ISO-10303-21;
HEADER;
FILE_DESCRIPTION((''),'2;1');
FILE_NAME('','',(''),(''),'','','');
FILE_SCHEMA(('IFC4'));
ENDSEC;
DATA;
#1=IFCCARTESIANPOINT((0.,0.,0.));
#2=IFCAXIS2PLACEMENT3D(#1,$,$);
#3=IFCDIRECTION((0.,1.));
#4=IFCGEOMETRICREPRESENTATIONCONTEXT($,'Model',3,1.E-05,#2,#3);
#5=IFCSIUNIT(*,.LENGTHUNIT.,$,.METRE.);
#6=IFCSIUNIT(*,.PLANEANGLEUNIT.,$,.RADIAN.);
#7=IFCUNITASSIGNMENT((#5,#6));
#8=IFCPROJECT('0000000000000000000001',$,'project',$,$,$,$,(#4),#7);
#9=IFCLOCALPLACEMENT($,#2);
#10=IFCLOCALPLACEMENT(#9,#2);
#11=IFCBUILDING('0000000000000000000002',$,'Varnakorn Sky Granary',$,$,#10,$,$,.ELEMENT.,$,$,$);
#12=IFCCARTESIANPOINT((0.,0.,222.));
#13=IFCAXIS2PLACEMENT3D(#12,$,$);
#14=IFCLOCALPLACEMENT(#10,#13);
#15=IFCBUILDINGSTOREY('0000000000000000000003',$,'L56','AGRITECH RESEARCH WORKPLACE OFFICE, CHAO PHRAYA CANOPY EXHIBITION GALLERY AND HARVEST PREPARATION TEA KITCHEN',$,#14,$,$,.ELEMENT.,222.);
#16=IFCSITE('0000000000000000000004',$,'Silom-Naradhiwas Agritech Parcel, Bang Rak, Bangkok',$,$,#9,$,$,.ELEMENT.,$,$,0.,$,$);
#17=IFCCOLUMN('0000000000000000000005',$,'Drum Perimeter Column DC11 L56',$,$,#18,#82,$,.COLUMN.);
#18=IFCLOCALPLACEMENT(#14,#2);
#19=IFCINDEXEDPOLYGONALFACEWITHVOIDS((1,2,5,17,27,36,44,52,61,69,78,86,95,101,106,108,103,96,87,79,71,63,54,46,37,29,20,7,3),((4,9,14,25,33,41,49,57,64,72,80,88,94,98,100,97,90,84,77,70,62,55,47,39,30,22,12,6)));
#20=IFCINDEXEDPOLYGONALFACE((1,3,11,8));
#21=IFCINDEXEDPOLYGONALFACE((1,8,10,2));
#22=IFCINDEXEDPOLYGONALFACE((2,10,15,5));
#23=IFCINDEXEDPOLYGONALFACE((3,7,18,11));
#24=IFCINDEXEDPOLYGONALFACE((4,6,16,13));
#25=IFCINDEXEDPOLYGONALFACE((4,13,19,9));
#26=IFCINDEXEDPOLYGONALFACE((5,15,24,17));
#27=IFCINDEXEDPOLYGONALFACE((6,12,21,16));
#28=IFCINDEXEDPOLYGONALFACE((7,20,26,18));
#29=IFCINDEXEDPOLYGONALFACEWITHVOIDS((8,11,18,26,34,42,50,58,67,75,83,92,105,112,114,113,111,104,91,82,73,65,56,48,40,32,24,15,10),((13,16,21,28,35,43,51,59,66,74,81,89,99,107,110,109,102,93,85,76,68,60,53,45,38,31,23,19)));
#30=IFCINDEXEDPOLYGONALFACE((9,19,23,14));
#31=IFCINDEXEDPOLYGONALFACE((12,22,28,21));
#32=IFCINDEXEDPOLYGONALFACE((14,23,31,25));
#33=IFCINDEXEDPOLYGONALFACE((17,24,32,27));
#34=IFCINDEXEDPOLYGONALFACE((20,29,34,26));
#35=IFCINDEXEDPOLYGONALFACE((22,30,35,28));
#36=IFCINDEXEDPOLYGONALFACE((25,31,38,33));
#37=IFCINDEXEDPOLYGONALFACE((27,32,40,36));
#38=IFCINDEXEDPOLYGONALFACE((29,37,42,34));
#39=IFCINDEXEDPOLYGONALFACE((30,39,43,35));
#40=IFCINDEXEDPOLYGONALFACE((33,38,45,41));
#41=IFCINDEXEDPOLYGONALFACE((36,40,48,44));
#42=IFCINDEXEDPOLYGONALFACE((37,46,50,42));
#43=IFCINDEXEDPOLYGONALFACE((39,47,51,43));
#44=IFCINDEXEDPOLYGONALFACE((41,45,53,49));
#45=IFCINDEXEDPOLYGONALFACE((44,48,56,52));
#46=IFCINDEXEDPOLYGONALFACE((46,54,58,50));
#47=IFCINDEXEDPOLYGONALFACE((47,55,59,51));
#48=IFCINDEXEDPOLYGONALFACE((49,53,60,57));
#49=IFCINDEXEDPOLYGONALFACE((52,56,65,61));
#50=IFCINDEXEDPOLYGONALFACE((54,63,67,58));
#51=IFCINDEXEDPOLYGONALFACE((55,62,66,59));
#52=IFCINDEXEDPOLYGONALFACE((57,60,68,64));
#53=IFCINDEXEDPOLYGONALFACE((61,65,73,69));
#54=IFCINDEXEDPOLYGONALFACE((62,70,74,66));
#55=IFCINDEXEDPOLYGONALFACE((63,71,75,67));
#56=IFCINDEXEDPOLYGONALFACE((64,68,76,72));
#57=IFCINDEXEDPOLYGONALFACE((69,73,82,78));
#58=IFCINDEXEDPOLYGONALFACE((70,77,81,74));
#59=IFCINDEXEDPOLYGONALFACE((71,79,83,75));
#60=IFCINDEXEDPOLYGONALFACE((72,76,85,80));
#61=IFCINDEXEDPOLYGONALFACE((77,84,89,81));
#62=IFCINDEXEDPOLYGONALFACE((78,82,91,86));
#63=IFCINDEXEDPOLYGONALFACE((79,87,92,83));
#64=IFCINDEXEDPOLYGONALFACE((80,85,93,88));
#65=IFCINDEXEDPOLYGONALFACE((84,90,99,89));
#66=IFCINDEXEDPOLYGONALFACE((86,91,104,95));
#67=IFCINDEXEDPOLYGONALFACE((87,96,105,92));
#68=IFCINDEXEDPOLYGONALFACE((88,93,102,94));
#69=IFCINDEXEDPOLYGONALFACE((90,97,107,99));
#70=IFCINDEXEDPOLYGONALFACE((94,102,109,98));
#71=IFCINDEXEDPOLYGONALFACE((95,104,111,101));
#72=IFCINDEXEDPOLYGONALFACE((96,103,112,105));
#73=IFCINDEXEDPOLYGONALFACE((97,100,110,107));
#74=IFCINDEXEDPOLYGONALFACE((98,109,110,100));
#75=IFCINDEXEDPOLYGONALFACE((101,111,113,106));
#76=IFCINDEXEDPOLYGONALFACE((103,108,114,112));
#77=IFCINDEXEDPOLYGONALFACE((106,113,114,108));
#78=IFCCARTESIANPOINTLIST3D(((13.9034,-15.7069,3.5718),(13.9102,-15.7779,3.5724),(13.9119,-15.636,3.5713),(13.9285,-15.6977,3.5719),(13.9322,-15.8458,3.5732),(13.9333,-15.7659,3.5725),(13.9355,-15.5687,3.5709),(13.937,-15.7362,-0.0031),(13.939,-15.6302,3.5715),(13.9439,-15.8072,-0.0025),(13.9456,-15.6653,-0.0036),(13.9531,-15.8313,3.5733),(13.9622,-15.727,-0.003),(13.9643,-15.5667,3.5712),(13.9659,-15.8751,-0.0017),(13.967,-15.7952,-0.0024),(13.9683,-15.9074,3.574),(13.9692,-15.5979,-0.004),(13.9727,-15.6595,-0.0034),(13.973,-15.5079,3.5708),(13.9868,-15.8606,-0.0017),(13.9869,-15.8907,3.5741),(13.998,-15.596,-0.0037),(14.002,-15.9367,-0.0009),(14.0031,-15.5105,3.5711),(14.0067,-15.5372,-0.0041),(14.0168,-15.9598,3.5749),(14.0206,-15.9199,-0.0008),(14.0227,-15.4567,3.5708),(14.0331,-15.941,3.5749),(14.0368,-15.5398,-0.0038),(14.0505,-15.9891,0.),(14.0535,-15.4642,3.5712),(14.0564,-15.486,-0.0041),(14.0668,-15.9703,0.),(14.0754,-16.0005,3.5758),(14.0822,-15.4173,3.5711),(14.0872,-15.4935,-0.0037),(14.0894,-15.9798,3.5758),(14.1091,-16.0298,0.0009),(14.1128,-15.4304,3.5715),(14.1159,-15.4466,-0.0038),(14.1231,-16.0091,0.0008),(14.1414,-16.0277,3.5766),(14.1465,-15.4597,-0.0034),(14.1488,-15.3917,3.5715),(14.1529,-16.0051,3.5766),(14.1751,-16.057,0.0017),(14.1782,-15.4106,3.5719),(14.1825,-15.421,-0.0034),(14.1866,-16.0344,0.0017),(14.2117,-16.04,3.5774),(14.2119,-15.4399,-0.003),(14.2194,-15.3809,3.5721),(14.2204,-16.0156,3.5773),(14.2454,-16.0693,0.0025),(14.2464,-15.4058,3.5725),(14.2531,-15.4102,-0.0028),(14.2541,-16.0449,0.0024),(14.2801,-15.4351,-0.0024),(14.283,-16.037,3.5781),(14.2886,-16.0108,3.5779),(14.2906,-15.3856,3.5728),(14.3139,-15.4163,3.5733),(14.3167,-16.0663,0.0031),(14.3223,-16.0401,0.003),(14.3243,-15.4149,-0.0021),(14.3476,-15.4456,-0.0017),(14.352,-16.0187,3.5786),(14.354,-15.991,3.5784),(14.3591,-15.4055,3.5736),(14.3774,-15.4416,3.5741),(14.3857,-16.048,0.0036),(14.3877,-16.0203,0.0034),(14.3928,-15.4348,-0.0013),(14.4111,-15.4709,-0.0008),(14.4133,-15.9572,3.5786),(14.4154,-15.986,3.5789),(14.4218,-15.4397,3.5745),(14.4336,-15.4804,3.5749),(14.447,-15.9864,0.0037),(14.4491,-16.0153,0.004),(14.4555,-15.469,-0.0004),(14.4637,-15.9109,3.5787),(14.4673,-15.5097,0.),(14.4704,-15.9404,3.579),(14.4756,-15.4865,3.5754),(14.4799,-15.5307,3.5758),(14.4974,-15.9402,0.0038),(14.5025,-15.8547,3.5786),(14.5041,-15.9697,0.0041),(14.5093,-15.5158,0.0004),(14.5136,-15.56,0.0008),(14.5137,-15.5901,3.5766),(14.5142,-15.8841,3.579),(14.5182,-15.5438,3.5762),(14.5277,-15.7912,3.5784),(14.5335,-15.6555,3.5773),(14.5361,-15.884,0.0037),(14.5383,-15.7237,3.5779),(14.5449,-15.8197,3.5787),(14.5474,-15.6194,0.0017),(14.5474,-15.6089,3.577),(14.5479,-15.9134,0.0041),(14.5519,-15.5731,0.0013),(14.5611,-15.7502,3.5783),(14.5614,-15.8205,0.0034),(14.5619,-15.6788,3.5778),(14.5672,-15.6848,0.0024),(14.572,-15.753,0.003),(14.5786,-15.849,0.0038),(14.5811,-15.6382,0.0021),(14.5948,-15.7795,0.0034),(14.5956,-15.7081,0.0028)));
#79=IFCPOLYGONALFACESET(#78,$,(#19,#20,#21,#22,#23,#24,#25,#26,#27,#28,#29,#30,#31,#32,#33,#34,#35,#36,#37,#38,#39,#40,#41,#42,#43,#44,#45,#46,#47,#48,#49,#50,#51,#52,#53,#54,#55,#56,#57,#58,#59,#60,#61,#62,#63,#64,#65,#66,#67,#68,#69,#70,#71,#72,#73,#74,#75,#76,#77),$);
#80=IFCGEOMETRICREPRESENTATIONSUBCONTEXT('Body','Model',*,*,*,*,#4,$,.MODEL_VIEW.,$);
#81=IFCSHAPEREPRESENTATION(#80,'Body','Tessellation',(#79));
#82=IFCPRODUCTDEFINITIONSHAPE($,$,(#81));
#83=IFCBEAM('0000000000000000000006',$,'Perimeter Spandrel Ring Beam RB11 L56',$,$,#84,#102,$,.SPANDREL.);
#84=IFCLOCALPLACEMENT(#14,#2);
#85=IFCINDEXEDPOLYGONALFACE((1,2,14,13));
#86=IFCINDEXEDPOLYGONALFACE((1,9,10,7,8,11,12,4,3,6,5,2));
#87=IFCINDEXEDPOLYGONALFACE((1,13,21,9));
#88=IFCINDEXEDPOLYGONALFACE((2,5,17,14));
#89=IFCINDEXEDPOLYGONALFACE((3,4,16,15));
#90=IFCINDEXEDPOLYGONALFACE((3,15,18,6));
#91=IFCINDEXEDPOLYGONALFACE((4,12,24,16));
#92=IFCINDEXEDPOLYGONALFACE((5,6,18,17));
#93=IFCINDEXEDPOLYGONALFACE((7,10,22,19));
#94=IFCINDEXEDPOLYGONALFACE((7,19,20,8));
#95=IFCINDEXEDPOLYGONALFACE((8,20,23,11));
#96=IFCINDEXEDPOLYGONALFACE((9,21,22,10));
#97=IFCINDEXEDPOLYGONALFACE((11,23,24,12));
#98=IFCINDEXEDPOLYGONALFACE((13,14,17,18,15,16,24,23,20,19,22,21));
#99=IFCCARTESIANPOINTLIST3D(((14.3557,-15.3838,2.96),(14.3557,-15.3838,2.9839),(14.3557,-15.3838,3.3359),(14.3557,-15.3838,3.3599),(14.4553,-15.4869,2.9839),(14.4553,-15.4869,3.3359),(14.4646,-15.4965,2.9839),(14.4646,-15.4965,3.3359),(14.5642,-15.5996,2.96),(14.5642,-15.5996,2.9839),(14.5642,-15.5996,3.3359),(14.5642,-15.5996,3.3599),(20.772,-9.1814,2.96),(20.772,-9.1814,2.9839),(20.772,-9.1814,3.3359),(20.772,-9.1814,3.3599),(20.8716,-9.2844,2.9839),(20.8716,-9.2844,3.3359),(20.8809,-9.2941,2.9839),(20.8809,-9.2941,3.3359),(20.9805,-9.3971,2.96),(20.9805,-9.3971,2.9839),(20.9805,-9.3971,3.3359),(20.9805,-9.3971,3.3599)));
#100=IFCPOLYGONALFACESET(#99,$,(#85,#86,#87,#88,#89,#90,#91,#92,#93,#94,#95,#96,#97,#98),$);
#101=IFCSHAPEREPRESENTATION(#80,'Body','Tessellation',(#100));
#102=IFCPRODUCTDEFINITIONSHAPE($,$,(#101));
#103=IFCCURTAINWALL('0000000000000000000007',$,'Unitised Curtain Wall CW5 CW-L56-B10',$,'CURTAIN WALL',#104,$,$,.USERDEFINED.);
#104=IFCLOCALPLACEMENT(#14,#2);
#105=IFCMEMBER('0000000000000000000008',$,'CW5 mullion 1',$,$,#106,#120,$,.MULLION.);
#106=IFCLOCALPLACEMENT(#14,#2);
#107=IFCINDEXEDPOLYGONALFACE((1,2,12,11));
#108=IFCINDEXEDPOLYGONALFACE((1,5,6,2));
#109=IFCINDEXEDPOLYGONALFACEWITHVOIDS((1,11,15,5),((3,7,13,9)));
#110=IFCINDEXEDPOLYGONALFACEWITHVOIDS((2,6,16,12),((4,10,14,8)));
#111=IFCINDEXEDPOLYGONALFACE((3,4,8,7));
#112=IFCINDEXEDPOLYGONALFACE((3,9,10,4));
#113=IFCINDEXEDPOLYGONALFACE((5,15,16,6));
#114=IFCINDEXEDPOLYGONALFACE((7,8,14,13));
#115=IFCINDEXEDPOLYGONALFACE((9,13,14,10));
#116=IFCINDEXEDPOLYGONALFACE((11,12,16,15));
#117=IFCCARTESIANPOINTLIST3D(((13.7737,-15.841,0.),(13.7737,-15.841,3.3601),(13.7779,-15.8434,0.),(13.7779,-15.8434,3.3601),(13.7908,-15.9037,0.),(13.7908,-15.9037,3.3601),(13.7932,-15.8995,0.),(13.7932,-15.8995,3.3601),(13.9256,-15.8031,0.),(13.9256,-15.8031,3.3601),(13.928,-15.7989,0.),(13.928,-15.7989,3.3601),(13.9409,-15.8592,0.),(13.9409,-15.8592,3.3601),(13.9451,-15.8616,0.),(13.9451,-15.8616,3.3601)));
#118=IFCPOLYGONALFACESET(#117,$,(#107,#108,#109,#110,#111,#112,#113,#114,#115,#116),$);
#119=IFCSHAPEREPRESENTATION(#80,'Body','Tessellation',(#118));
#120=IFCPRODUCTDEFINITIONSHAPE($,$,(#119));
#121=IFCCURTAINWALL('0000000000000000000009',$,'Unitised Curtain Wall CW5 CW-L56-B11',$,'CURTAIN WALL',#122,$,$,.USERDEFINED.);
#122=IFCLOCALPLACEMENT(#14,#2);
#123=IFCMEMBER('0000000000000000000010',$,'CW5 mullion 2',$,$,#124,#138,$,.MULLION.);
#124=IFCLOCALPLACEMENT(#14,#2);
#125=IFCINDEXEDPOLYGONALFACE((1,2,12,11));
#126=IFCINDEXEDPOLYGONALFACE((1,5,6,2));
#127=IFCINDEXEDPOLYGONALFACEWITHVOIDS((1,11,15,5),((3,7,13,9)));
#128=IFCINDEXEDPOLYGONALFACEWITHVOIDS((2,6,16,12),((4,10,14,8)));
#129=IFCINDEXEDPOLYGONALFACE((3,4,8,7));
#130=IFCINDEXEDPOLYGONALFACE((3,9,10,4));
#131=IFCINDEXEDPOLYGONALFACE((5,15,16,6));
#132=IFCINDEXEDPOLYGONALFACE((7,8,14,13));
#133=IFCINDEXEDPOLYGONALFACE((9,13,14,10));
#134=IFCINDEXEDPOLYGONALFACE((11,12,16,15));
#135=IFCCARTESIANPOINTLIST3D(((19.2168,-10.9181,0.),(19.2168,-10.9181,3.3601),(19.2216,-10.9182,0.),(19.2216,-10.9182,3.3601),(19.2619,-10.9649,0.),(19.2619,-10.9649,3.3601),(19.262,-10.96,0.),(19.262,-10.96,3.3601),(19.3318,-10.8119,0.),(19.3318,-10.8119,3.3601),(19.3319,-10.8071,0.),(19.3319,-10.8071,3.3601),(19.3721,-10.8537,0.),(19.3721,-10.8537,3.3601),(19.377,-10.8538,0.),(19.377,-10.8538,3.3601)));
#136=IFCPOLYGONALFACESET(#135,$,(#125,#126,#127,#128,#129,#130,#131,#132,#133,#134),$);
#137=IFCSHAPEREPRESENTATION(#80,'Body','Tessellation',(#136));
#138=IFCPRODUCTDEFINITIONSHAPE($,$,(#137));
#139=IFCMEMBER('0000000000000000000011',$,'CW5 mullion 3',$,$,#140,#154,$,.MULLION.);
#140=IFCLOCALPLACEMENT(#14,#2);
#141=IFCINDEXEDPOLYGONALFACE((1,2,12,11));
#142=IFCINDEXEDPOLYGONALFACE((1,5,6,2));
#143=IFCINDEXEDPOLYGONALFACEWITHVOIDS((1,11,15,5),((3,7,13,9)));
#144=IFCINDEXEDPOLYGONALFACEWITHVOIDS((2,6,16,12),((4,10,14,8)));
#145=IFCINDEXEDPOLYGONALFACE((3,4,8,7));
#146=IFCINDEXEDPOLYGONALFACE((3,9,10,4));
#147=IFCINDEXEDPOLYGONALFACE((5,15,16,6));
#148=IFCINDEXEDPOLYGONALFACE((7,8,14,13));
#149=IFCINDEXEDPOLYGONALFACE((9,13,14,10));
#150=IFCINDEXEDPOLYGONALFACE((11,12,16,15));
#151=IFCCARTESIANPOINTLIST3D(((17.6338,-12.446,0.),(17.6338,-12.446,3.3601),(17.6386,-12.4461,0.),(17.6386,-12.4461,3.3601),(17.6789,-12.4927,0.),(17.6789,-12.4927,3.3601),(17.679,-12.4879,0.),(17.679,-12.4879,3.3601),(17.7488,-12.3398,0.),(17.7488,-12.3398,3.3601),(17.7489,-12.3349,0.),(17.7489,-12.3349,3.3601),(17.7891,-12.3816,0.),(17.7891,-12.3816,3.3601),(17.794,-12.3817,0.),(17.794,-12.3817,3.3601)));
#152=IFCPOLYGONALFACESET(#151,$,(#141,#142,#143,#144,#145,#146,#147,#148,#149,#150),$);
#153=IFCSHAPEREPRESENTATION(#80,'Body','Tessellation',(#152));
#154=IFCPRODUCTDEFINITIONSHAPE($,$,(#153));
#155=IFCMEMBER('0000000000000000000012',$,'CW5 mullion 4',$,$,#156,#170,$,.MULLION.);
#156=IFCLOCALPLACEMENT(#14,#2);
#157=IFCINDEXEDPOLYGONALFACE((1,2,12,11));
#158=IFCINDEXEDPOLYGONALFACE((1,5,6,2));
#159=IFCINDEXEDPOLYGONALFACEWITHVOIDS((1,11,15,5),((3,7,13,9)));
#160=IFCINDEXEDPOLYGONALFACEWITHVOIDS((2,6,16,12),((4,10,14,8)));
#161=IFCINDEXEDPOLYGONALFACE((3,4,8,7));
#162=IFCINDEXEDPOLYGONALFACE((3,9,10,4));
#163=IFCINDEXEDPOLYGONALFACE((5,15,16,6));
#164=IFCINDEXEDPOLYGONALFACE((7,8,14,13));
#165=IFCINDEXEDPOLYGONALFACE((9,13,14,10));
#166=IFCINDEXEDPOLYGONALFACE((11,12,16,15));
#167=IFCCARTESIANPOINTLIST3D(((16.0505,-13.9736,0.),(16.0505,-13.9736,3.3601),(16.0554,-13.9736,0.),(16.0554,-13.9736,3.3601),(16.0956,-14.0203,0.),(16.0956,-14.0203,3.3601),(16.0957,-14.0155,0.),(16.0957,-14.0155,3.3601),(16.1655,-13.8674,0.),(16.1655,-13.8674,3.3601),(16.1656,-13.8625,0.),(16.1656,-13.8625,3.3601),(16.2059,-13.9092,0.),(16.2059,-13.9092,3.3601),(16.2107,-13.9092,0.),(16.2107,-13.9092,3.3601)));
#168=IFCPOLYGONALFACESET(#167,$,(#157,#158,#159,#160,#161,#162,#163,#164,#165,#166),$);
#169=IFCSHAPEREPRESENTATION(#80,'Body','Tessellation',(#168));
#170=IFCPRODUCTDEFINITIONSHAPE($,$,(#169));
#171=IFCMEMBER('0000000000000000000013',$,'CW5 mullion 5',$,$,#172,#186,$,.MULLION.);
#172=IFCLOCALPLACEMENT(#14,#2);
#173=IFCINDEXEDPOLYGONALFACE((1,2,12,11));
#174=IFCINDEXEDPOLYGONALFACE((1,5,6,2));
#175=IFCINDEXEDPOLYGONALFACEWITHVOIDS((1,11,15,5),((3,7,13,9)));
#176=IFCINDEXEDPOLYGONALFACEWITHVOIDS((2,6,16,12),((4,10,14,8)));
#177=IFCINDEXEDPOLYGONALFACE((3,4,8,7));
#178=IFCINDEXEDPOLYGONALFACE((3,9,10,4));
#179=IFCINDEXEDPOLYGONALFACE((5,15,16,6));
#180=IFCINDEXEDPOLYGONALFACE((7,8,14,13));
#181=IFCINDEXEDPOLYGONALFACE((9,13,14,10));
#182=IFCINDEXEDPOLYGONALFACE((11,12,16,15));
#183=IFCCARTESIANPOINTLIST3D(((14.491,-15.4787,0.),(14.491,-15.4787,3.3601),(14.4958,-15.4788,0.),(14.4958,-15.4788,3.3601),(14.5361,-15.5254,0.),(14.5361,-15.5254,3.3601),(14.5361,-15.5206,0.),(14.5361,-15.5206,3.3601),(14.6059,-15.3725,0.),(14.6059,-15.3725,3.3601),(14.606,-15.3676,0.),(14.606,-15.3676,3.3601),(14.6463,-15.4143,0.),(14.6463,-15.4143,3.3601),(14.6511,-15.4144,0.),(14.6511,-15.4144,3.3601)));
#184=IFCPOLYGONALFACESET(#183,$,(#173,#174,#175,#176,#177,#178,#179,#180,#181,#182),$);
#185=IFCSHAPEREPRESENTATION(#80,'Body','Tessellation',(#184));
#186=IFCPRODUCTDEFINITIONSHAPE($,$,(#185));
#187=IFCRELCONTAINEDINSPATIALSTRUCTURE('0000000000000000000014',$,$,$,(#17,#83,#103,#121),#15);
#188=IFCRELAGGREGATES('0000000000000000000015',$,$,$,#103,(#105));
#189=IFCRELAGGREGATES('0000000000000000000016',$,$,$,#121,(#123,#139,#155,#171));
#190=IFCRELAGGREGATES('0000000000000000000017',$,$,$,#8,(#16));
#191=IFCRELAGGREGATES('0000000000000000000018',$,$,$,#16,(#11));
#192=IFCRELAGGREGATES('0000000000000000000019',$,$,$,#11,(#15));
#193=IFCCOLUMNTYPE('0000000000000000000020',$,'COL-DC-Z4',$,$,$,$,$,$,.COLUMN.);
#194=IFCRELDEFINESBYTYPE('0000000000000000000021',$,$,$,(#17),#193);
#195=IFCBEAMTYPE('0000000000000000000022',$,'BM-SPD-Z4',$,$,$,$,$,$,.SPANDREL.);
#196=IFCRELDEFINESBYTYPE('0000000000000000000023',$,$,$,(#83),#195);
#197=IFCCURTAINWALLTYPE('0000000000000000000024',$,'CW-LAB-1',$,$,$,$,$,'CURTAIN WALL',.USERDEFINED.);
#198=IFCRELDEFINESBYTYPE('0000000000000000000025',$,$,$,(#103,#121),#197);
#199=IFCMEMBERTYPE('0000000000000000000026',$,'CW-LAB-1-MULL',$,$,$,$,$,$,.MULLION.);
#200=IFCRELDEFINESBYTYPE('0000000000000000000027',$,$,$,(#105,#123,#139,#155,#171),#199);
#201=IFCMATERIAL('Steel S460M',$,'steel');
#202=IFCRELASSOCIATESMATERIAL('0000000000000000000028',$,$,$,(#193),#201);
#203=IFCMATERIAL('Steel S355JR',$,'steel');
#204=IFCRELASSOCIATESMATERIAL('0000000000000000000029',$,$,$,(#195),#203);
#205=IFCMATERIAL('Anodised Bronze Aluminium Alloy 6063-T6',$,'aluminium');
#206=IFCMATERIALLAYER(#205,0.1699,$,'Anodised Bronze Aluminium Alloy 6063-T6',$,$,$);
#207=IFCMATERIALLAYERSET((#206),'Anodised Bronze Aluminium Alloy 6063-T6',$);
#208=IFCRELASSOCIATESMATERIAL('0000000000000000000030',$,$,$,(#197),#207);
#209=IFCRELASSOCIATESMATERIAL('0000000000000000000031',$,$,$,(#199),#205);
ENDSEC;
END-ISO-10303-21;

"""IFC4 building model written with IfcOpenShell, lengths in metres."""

from ifc_helpers import new_model, si_unit, direction, frame, origin, origin_2d, place, context, subcontext, project, spatial, hollow_rectangle, hollow_circle, i_section, extrude, material, layer, layer_set, material_profile, profile_set, type_object, element, aggregate, save


model = new_model("IFC4")

# Units and contexts
model_context = context("Model", 3, precision=1e-05, world=origin(), true_north=direction((0.0, 1.0)))
body_context = subcontext(model_context, "Body", "Model", "MODEL_VIEW")
ifc_project = project(units=[si_unit("LENGTHUNIT", "METRE"), si_unit("PLANEANGLEUNIT", "RADIAN")], contexts=[model_context])

# Site, building, storey
site_placement = place(None, origin())
site = spatial("IfcSite", under=ifc_project, at=site_placement, Name="Silom-Naradhiwas Agritech Parcel, Bang Rak, Bangkok", CompositionType="ELEMENT", RefElevation=0.0)
building_placement = place(site_placement, origin())
building = spatial("IfcBuilding", under=site, at=building_placement, Name="Varnakorn Sky Granary", CompositionType="ELEMENT")
storey_placement = place(building_placement, frame((0.0, 0.0, 222.0)))
storey = spatial("IfcBuildingStorey", under=building, at=storey_placement, Name="L56", Description="AGRITECH RESEARCH WORKPLACE OFFICE, CHAO PHRAYA CANOPY EXHIBITION GALLERY AND HARVEST PREPARATION TEA KITCHEN", CompositionType="ELEMENT", Elevation=222.0)

# Column
ifc_material_1 = material(Name="Steel S460M", Category="steel")
ifc_material_profile_1 = material_profile(ifc_material_1, hollow_circle(Radius=0.3301, WallThickness=0.0249, at=origin_2d()), Name="CHS 660x25")
ifc_profile_set_1 = profile_set([ifc_material_profile_1], Name="Steel S460M")
column_type = type_object("IfcColumnType", Name="COL-DC-Z4", PredefinedType="COLUMN", material=ifc_profile_set_1)
column_placement = place(storey_placement, frame((14.2671, -15.74, 0.0), z_axis=(-0.009424, 0.008194, 0.999922), x_axis=(-0.656179, -0.754606, 0.0)))
element("IfcColumn", 1, at=column_placement, inside=storey, type_object=column_type, Name="Drum Perimeter Column DC11 L56", PredefinedType="COLUMN", context=body_context, shape_type="SweptSolid", body=[
    extrude(hollow_circle(Radius=0.3301, WallThickness=0.0249, at=origin_2d()), origin(), (0.0, 0.0, 1.0), 3.5752),
])

# Beam
ifc_material_2 = material(Name="Steel S355JR", Category="steel")
ifc_material_profile_2 = material_profile(ifc_material_2, i_section(OverallWidth=0.3, OverallDepth=0.3999, WebThickness=0.0134, FlangeThickness=0.0239, at=origin_2d()), Name="HE 400 B")
ifc_profile_set_2 = profile_set([ifc_material_profile_2], Name="Steel S355JR")
beam_type = type_object("IfcBeamType", Name="BM-SPD-Z4", PredefinedType="SPANDREL", material=ifc_profile_set_2)
beam_placement = place(storey_placement, frame((14.46, -15.4917, 3.1599), z_axis=(0.718988, 0.695023, 0.0), x_axis=(-0.695023, 0.718988, 0.0)))
element("IfcBeam", 2, at=beam_placement, inside=storey, type_object=beam_type, Name="Perimeter Spandrel Ring Beam RB11 L56", PredefinedType="SPANDREL", context=body_context, shape_type="SweptSolid", body=[
    extrude(i_section(OverallWidth=0.3, OverallDepth=0.3999, WebThickness=0.0134, FlangeThickness=0.0239, at=origin_2d()), origin(), (0.0, 0.0, 1.0), 8.9241),
])

# Curtain wall, member
ifc_material_3 = material(Name="Anodised Bronze Aluminium Alloy 6063-T6", Category="aluminium")
ifc_layer_1 = layer(ifc_material_3, 0.1699, Name="Anodised Bronze Aluminium Alloy 6063-T6")
ifc_layer_set_1 = layer_set([ifc_layer_1], Name="Anodised Bronze Aluminium Alloy 6063-T6")
curtain_wall_type = type_object("IfcCurtainWallType", Name="CW-LAB-1", ElementType="CURTAIN WALL", PredefinedType="USERDEFINED", material=ifc_layer_set_1)
curtain_wall_1_placement = place(storey_placement, origin())
curtain_wall_1 = element("IfcCurtainWall", 3, at=curtain_wall_1_placement, inside=storey, type_object=curtain_wall_type, Name="Unitised Curtain Wall CW5 CW-L56-B10", ObjectType="CURTAIN WALL", PredefinedType="USERDEFINED")
ifc_material_profile_3 = material_profile(ifc_material_3, hollow_rectangle(XDim=0.0649, YDim=0.1599, WallThickness=0.0034, at=origin_2d()), Name="ALU MULL 65x160")
ifc_profile_set_3 = profile_set([ifc_material_profile_3], Name="Anodised Bronze Aluminium Alloy 6063-T6")
member_type_1 = type_object("IfcMemberType", Name="CW-LAB-1-MULL", PredefinedType="MULLION", material=ifc_profile_set_3)
member_1_placement = place(storey_placement, frame((13.8594, -15.8513, 0.0), z_axis=(0.0, 0.0, 1.0), x_axis=(0.263276, -0.964721, 0.0)))
member_1 = element("IfcMember", 4, at=member_1_placement, type_object=member_type_1, Name="CW5 mullion 1", PredefinedType="MULLION", context=body_context, shape_type="SweptSolid", body=[
    extrude(hollow_rectangle(XDim=0.0649, YDim=0.1599, WallThickness=0.0034, at=origin_2d()), origin(), (0.0, 0.0, 1.0), 3.3601),
])

# Curtain wall, members
curtain_wall_2_placement = place(storey_placement, origin())
curtain_wall_2 = element("IfcCurtainWall", 5, at=curtain_wall_2_placement, inside=storey, type_object=curtain_wall_type, Name="Unitised Curtain Wall CW5 CW-L56-B11", ObjectType="CURTAIN WALL", PredefinedType="USERDEFINED")
member_2_placement = place(storey_placement, frame((19.2969, -10.886, 0.0), z_axis=(0.0, 0.0, 1.0), x_axis=(0.694404, -0.719585, 0.0)))
member_2 = element("IfcMember", 6, at=member_2_placement, type_object=member_type_1, Name="CW5 mullion 2", PredefinedType="MULLION", context=body_context, shape_type="SweptSolid", body=[
    extrude(hollow_rectangle(XDim=0.0649, YDim=0.1599, WallThickness=0.0034, at=origin_2d()), origin(), (0.0, 0.0, 1.0), 3.3601),
])
member_3_placement = place(storey_placement, frame((17.7139, -12.4138, 0.0), z_axis=(0.0, 0.0, 1.0), x_axis=(0.694404, -0.719585, 0.0)))
member_3 = element("IfcMember", 7, at=member_3_placement, type_object=member_type_1, Name="CW5 mullion 3", PredefinedType="MULLION", context=body_context, shape_type="SweptSolid", body=[
    extrude(hollow_rectangle(XDim=0.0649, YDim=0.1599, WallThickness=0.0034, at=origin_2d()), origin(), (0.0, 0.0, 1.0), 3.3601),
])
member_4_placement = place(storey_placement, frame((16.1306, -13.9414, 0.0), z_axis=(0.0, 0.0, 1.0), x_axis=(0.694404, -0.719585, 0.0)))
member_4 = element("IfcMember", 8, at=member_4_placement, type_object=member_type_1, Name="CW5 mullion 4", PredefinedType="MULLION", context=body_context, shape_type="SweptSolid", body=[
    extrude(hollow_rectangle(XDim=0.0649, YDim=0.1599, WallThickness=0.0034, at=origin_2d()), origin(), (0.0, 0.0, 1.0), 3.3601),
])
member_5_placement = place(storey_placement, frame((14.571, -15.4465, 0.0), z_axis=(0.0, 0.0, 1.0), x_axis=(0.694404, -0.719585, 0.0)))
member_5 = element("IfcMember", 9, at=member_5_placement, type_object=member_type_1, Name="CW5 mullion 5", PredefinedType="MULLION", context=body_context, shape_type="SweptSolid", body=[
    extrude(hollow_rectangle(XDim=0.0649, YDim=0.1599, WallThickness=0.0034, at=origin_2d()), origin(), (0.0, 0.0, 1.0), 3.3601),
])

aggregate(curtain_wall_1, [member_1])

aggregate(curtain_wall_2, [member_2, member_3, member_4, member_5])

save(model, "model.ifc")
